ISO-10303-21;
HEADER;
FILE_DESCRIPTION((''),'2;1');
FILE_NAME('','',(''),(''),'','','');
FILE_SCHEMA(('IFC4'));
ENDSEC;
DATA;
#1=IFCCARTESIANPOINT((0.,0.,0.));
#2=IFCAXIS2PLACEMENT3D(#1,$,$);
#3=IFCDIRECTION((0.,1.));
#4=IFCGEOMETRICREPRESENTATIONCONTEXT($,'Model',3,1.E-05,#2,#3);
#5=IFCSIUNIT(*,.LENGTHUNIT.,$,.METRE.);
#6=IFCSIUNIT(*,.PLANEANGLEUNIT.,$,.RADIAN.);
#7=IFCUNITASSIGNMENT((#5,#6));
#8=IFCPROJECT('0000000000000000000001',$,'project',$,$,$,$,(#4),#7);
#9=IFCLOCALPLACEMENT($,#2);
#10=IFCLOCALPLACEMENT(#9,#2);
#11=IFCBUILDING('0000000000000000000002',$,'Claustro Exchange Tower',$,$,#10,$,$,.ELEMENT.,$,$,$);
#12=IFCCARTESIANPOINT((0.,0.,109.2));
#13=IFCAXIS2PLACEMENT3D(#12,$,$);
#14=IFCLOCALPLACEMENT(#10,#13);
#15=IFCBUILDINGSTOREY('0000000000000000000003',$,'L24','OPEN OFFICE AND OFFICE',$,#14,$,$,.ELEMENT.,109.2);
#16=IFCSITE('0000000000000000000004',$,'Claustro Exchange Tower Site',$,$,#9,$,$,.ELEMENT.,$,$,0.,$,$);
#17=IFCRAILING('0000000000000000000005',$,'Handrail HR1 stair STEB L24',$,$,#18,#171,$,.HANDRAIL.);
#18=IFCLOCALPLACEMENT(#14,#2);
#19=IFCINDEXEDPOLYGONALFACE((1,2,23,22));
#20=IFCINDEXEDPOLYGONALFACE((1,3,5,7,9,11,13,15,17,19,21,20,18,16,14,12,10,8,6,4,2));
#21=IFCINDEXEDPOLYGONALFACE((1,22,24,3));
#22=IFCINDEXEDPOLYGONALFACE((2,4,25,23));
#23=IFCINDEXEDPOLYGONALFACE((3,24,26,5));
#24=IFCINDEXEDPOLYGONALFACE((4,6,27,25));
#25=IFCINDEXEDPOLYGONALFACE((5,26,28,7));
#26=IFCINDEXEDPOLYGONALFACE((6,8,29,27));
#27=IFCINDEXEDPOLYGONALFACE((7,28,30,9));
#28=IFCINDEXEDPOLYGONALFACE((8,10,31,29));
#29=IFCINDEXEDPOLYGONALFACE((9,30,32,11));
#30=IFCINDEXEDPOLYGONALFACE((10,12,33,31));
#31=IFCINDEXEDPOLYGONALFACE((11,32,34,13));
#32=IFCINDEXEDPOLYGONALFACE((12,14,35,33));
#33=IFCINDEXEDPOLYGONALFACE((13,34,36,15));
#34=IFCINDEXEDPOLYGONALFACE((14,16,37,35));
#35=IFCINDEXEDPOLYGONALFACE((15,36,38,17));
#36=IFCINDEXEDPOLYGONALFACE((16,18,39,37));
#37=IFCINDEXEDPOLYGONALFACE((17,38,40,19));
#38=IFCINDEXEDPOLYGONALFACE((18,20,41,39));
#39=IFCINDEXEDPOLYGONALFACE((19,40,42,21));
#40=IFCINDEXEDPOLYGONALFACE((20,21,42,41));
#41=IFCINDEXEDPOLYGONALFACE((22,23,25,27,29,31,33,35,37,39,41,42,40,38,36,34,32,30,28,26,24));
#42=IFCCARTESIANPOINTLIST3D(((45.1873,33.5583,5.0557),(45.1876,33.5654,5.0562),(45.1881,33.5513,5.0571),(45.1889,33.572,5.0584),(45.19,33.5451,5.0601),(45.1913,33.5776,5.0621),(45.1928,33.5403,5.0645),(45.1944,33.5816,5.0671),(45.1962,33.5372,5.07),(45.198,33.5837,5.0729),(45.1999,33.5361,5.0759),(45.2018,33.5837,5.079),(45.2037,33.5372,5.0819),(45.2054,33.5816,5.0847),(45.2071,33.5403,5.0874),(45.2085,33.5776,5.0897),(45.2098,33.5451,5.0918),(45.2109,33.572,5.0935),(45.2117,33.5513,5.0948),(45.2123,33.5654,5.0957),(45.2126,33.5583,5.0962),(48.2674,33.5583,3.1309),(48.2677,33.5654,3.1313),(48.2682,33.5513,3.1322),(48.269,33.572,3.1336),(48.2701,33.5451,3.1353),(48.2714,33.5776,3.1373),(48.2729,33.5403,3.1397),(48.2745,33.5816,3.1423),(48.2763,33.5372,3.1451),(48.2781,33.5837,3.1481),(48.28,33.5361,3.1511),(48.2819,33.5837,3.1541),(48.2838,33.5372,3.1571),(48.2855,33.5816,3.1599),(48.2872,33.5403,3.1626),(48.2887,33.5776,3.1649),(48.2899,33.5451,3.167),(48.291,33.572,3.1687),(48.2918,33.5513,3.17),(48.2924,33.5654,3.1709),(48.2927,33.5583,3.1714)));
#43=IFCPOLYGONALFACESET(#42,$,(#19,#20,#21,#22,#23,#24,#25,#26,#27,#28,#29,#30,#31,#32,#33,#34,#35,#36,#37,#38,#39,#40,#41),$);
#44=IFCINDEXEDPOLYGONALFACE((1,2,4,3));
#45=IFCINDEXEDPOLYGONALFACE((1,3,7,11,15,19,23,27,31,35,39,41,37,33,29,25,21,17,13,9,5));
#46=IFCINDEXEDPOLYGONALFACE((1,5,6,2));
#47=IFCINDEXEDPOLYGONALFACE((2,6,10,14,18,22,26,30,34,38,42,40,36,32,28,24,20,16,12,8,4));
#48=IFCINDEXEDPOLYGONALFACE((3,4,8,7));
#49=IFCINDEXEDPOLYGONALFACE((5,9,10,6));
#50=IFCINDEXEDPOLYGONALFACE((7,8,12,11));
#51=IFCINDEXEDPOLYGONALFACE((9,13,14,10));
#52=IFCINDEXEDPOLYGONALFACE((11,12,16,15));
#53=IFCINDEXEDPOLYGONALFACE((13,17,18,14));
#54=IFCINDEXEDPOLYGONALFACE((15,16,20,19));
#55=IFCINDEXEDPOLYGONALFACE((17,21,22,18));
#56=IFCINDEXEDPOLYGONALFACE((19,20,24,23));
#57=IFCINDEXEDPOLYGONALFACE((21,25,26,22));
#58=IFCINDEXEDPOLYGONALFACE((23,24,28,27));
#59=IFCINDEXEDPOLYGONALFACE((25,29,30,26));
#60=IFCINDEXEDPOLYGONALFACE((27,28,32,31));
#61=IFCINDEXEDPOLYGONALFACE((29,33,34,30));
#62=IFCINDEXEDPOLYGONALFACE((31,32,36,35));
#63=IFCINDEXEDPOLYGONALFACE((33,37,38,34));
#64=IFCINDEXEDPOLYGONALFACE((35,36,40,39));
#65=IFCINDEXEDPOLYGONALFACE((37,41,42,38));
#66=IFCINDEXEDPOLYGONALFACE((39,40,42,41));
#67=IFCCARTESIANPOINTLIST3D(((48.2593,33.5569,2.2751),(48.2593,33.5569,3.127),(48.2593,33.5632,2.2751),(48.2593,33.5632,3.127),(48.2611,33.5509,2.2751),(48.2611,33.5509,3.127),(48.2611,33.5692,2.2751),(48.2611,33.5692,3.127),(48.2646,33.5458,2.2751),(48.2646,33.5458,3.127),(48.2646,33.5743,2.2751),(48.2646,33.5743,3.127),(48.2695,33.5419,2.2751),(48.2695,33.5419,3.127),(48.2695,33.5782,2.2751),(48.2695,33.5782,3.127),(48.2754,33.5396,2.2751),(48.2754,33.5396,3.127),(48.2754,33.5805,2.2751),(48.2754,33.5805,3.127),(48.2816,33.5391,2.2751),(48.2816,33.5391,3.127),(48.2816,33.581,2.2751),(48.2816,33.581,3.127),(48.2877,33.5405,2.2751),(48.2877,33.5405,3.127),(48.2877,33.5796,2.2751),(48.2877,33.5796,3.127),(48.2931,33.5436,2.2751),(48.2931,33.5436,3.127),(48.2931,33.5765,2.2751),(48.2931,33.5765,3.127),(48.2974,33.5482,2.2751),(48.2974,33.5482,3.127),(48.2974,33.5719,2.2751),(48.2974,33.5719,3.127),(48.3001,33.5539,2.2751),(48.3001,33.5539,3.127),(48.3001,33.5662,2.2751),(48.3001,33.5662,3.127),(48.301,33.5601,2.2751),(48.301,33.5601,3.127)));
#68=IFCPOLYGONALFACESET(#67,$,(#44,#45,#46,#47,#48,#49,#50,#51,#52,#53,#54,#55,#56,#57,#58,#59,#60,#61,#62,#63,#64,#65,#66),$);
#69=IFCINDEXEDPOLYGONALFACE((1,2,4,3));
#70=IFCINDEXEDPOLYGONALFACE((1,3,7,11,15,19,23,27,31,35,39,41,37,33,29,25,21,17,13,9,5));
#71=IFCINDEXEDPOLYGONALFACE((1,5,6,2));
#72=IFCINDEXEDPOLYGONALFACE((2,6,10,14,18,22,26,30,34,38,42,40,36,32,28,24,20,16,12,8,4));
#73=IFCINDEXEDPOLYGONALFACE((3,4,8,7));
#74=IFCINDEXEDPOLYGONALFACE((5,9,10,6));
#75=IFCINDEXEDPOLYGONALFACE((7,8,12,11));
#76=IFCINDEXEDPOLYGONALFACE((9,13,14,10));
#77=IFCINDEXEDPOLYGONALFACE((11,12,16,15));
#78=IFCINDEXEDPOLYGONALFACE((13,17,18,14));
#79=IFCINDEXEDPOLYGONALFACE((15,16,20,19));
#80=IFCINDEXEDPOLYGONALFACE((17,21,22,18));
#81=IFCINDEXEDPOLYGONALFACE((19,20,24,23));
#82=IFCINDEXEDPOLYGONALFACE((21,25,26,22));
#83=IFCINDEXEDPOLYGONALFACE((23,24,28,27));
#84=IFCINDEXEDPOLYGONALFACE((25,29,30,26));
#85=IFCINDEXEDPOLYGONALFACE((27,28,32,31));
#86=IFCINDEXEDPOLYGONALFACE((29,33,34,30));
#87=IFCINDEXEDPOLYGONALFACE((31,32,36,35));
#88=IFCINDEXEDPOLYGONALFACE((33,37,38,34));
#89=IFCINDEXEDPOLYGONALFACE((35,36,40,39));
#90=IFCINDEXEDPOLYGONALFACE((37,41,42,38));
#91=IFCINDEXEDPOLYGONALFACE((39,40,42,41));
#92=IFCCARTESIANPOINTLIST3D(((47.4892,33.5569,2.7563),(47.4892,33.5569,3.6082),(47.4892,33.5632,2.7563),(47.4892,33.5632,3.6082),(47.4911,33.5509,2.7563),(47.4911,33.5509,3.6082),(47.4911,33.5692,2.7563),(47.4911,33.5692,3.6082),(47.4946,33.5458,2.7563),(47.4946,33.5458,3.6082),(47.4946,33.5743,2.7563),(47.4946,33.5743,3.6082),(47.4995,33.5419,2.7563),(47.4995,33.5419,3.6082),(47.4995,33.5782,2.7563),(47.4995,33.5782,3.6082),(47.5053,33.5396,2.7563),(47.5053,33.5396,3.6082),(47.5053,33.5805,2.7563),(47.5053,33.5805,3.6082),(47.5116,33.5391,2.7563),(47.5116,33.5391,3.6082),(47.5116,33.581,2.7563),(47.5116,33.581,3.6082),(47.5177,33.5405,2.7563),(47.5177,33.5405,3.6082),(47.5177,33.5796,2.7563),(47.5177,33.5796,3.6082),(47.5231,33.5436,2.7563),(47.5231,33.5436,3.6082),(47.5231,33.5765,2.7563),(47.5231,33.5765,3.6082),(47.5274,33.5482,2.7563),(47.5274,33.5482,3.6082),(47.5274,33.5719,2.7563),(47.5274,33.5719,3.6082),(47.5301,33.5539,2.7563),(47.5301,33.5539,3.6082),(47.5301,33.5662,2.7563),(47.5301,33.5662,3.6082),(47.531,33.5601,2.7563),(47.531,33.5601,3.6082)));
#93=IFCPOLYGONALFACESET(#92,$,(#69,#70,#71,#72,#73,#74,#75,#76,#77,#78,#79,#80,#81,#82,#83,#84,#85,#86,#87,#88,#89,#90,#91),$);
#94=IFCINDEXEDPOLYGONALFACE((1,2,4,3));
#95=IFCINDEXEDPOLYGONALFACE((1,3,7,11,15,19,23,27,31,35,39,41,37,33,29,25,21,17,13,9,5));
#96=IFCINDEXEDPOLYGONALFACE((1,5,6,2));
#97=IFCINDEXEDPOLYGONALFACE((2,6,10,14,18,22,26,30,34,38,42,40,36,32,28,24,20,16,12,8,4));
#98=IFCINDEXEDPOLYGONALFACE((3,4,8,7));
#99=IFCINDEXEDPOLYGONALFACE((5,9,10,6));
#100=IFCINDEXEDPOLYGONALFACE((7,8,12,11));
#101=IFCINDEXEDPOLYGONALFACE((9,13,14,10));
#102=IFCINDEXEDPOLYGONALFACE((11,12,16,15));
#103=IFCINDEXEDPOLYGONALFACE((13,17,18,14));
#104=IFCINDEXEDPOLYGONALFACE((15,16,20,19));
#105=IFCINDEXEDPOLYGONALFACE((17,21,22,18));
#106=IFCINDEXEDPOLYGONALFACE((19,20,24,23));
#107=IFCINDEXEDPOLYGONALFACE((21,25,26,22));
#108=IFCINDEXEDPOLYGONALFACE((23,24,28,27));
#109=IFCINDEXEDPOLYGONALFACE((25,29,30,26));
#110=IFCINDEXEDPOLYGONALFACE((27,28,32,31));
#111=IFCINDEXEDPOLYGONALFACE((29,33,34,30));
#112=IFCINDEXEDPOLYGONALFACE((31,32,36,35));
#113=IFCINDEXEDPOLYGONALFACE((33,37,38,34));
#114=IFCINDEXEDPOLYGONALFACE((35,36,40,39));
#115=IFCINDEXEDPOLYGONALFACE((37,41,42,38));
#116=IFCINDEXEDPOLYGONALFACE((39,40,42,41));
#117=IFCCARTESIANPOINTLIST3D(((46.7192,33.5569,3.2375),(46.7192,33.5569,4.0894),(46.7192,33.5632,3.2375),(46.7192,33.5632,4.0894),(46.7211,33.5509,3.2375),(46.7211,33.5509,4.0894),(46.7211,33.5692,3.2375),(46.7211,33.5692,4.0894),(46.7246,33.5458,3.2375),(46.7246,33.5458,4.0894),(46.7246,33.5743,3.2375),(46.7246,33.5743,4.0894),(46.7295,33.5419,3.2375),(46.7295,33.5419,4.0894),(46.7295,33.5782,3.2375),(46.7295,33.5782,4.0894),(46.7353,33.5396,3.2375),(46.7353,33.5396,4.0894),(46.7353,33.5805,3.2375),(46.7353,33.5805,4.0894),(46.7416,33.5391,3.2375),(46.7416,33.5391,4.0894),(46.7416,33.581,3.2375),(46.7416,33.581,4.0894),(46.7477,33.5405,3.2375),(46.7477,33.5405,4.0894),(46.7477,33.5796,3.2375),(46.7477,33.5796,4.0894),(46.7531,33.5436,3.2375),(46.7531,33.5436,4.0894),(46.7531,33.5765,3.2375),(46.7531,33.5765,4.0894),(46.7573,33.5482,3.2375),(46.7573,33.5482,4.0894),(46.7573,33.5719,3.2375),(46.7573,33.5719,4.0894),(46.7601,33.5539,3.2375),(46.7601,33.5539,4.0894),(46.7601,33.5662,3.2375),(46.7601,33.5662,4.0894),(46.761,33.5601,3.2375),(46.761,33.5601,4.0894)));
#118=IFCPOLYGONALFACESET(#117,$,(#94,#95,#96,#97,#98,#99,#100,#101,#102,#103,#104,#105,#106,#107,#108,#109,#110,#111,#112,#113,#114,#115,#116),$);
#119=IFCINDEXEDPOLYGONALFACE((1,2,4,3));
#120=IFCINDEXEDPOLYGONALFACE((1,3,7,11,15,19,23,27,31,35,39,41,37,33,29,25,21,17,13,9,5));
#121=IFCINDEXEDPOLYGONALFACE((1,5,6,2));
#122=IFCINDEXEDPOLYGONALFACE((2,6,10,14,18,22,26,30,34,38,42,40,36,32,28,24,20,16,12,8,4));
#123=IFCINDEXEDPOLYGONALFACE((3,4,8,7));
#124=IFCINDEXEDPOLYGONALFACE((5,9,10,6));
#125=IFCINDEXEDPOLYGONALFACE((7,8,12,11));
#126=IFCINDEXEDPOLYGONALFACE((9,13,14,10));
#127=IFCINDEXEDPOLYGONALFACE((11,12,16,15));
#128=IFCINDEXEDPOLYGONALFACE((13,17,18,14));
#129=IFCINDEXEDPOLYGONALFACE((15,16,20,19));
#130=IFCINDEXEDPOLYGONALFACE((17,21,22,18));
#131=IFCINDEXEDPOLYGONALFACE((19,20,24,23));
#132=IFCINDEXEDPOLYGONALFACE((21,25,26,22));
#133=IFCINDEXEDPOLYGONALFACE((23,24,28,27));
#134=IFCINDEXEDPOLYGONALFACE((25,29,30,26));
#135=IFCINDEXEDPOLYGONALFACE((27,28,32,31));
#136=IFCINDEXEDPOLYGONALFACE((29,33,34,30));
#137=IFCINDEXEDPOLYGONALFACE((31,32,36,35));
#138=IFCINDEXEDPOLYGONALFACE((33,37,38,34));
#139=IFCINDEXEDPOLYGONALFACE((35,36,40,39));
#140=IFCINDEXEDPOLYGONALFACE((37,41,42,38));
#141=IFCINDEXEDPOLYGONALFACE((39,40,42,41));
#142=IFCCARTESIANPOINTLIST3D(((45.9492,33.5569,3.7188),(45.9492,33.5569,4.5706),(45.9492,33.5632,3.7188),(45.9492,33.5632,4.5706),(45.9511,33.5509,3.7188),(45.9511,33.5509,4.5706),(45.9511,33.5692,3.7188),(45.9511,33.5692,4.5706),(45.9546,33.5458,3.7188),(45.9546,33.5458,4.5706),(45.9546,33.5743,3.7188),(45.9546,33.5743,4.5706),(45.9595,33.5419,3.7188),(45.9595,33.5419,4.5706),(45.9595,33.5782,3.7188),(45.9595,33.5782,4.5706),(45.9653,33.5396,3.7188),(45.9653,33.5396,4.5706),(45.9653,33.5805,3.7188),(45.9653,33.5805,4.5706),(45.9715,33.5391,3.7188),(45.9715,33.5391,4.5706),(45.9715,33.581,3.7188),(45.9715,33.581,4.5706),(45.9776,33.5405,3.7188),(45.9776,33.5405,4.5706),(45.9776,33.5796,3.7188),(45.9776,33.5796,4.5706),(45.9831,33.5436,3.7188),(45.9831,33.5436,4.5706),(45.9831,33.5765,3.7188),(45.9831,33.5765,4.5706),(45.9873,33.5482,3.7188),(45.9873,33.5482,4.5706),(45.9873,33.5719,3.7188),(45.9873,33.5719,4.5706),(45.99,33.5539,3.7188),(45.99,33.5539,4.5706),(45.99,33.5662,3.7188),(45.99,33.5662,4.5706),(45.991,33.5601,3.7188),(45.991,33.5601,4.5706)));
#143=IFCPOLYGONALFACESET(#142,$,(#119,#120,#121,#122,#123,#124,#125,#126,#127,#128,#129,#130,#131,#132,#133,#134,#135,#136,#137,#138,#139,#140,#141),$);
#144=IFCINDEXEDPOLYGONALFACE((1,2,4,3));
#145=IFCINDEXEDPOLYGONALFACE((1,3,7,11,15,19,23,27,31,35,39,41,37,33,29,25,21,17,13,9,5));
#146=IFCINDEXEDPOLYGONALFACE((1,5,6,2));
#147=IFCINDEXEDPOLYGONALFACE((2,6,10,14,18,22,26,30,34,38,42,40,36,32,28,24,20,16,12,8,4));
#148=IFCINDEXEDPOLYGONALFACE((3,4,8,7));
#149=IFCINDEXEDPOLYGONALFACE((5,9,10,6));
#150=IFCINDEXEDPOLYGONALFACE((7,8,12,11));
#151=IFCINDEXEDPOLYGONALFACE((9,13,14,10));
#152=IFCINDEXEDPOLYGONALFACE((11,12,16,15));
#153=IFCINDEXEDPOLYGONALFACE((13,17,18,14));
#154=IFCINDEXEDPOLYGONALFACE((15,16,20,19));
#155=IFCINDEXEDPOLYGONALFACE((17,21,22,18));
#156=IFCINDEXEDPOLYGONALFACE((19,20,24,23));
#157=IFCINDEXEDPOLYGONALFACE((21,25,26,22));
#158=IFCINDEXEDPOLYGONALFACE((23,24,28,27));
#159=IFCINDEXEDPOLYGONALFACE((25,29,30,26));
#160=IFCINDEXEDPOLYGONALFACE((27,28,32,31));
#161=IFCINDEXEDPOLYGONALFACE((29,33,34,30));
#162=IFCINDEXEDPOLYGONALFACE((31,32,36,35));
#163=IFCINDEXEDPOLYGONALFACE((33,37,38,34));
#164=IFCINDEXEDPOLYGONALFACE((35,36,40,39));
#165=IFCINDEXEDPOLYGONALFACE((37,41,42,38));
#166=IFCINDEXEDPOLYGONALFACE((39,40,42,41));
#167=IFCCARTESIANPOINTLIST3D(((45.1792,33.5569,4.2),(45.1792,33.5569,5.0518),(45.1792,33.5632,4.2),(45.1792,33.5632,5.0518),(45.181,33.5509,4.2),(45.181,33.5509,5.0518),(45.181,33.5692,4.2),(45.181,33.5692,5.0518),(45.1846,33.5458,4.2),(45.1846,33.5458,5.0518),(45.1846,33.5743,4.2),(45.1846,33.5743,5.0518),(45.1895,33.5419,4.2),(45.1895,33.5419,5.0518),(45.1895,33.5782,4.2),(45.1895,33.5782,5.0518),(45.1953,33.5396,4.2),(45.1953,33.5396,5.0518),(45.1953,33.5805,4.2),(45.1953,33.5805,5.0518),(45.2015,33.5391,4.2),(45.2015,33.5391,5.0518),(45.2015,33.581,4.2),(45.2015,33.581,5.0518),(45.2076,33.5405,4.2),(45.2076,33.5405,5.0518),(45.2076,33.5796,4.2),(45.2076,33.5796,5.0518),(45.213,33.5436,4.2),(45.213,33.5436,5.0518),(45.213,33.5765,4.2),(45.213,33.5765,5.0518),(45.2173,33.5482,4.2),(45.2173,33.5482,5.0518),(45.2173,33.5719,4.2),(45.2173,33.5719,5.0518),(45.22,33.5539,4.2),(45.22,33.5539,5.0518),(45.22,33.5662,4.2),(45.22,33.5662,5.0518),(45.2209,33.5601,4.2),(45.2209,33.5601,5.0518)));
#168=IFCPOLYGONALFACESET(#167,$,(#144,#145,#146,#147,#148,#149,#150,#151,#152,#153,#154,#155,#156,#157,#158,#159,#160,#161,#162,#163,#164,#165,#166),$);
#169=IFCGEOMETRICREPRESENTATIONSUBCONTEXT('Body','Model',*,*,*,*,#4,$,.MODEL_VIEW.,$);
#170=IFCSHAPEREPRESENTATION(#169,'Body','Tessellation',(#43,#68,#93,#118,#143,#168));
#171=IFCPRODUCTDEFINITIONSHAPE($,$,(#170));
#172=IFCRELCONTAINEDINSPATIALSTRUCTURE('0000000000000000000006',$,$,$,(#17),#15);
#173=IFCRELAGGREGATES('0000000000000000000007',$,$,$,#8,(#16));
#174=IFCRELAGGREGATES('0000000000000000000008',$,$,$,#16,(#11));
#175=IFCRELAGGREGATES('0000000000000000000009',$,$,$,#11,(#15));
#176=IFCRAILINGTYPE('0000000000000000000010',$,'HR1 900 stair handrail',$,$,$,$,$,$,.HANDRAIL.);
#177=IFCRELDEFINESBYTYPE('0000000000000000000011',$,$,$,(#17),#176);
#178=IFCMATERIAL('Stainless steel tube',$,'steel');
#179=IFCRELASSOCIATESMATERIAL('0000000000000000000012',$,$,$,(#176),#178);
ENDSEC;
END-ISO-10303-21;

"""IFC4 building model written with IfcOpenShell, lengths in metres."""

from ifc_helpers import new_model, si_unit, direction, frame, origin, origin_2d, place, context, subcontext, project, spatial, circle, extrude, material, type_object, element, save


model = new_model("IFC4")

# Units and contexts
model_context = context("Model", 3, precision=1e-05, world=origin(), true_north=direction((0.0, 1.0)))
body_context = subcontext(model_context, "Body", "Model", "MODEL_VIEW")
ifc_project = project(units=[si_unit("LENGTHUNIT", "METRE"), si_unit("PLANEANGLEUNIT", "RADIAN")], contexts=[model_context])

# Site, building, storey
site_placement = place(None, origin())
site = spatial("IfcSite", under=ifc_project, at=site_placement, Name="Claustro Exchange Tower Site", CompositionType="ELEMENT", RefElevation=0.0)
building_placement = place(site_placement, origin())
building = spatial("IfcBuilding", under=site, at=building_placement, Name="Claustro Exchange Tower", CompositionType="ELEMENT")
storey_placement = place(building_placement, frame((0.0, 0.0, 109.2)))
storey = spatial("IfcBuildingStorey", under=building, at=storey_placement, Name="L24", Description="OPEN OFFICE AND OFFICE", CompositionType="ELEMENT", Elevation=109.2)

# Railing
ifc_material_1 = material(Name="Stainless steel tube", Category="steel")
railing_type_1 = type_object("IfcRailingType", Name="HR1 900 stair handrail", PredefinedType="HANDRAIL", material=ifc_material_1)
railing_1_placement = place(storey_placement, frame((48.28, 33.5601, 2.2751)))
element("IfcRailing", 1, at=railing_1_placement, inside=storey, type_object=railing_type_1, Name="Handrail HR1 stair STEB L24", PredefinedType="HANDRAIL", context=body_context, shape_type="SweptSolid", body=[
    extrude(circle(Radius=0.0239, at=origin_2d()), frame((0.0, 0.0, 0.876), z_axis=(-0.848029, 0.0, 0.529951), x_axis=(0.0, -1.0, 0.0)), (0.0, 0.0, 1.0), 3.6321),
    extrude(circle(Radius=0.021, at=origin_2d()), origin(), (0.0, 0.0, 1.0), 0.8518),
    extrude(circle(Radius=0.021, at=origin_2d()), frame((-0.77, 0.0, 0.4812)), (0.0, 0.0, 1.0), 0.8518),
    extrude(circle(Radius=0.021, at=origin_2d()), frame((-1.54, 0.0, 0.9624)), (0.0, 0.0, 1.0), 0.8518),
    extrude(circle(Radius=0.021, at=origin_2d()), frame((-2.3101, 0.0, 1.4436)), (0.0, 0.0, 1.0), 0.8518),
    extrude(circle(Radius=0.021, at=origin_2d()), frame((-3.0801, 0.0, 1.9248)), (0.0, 0.0, 1.0), 0.8518),
])

save(model, "model.ifc")
